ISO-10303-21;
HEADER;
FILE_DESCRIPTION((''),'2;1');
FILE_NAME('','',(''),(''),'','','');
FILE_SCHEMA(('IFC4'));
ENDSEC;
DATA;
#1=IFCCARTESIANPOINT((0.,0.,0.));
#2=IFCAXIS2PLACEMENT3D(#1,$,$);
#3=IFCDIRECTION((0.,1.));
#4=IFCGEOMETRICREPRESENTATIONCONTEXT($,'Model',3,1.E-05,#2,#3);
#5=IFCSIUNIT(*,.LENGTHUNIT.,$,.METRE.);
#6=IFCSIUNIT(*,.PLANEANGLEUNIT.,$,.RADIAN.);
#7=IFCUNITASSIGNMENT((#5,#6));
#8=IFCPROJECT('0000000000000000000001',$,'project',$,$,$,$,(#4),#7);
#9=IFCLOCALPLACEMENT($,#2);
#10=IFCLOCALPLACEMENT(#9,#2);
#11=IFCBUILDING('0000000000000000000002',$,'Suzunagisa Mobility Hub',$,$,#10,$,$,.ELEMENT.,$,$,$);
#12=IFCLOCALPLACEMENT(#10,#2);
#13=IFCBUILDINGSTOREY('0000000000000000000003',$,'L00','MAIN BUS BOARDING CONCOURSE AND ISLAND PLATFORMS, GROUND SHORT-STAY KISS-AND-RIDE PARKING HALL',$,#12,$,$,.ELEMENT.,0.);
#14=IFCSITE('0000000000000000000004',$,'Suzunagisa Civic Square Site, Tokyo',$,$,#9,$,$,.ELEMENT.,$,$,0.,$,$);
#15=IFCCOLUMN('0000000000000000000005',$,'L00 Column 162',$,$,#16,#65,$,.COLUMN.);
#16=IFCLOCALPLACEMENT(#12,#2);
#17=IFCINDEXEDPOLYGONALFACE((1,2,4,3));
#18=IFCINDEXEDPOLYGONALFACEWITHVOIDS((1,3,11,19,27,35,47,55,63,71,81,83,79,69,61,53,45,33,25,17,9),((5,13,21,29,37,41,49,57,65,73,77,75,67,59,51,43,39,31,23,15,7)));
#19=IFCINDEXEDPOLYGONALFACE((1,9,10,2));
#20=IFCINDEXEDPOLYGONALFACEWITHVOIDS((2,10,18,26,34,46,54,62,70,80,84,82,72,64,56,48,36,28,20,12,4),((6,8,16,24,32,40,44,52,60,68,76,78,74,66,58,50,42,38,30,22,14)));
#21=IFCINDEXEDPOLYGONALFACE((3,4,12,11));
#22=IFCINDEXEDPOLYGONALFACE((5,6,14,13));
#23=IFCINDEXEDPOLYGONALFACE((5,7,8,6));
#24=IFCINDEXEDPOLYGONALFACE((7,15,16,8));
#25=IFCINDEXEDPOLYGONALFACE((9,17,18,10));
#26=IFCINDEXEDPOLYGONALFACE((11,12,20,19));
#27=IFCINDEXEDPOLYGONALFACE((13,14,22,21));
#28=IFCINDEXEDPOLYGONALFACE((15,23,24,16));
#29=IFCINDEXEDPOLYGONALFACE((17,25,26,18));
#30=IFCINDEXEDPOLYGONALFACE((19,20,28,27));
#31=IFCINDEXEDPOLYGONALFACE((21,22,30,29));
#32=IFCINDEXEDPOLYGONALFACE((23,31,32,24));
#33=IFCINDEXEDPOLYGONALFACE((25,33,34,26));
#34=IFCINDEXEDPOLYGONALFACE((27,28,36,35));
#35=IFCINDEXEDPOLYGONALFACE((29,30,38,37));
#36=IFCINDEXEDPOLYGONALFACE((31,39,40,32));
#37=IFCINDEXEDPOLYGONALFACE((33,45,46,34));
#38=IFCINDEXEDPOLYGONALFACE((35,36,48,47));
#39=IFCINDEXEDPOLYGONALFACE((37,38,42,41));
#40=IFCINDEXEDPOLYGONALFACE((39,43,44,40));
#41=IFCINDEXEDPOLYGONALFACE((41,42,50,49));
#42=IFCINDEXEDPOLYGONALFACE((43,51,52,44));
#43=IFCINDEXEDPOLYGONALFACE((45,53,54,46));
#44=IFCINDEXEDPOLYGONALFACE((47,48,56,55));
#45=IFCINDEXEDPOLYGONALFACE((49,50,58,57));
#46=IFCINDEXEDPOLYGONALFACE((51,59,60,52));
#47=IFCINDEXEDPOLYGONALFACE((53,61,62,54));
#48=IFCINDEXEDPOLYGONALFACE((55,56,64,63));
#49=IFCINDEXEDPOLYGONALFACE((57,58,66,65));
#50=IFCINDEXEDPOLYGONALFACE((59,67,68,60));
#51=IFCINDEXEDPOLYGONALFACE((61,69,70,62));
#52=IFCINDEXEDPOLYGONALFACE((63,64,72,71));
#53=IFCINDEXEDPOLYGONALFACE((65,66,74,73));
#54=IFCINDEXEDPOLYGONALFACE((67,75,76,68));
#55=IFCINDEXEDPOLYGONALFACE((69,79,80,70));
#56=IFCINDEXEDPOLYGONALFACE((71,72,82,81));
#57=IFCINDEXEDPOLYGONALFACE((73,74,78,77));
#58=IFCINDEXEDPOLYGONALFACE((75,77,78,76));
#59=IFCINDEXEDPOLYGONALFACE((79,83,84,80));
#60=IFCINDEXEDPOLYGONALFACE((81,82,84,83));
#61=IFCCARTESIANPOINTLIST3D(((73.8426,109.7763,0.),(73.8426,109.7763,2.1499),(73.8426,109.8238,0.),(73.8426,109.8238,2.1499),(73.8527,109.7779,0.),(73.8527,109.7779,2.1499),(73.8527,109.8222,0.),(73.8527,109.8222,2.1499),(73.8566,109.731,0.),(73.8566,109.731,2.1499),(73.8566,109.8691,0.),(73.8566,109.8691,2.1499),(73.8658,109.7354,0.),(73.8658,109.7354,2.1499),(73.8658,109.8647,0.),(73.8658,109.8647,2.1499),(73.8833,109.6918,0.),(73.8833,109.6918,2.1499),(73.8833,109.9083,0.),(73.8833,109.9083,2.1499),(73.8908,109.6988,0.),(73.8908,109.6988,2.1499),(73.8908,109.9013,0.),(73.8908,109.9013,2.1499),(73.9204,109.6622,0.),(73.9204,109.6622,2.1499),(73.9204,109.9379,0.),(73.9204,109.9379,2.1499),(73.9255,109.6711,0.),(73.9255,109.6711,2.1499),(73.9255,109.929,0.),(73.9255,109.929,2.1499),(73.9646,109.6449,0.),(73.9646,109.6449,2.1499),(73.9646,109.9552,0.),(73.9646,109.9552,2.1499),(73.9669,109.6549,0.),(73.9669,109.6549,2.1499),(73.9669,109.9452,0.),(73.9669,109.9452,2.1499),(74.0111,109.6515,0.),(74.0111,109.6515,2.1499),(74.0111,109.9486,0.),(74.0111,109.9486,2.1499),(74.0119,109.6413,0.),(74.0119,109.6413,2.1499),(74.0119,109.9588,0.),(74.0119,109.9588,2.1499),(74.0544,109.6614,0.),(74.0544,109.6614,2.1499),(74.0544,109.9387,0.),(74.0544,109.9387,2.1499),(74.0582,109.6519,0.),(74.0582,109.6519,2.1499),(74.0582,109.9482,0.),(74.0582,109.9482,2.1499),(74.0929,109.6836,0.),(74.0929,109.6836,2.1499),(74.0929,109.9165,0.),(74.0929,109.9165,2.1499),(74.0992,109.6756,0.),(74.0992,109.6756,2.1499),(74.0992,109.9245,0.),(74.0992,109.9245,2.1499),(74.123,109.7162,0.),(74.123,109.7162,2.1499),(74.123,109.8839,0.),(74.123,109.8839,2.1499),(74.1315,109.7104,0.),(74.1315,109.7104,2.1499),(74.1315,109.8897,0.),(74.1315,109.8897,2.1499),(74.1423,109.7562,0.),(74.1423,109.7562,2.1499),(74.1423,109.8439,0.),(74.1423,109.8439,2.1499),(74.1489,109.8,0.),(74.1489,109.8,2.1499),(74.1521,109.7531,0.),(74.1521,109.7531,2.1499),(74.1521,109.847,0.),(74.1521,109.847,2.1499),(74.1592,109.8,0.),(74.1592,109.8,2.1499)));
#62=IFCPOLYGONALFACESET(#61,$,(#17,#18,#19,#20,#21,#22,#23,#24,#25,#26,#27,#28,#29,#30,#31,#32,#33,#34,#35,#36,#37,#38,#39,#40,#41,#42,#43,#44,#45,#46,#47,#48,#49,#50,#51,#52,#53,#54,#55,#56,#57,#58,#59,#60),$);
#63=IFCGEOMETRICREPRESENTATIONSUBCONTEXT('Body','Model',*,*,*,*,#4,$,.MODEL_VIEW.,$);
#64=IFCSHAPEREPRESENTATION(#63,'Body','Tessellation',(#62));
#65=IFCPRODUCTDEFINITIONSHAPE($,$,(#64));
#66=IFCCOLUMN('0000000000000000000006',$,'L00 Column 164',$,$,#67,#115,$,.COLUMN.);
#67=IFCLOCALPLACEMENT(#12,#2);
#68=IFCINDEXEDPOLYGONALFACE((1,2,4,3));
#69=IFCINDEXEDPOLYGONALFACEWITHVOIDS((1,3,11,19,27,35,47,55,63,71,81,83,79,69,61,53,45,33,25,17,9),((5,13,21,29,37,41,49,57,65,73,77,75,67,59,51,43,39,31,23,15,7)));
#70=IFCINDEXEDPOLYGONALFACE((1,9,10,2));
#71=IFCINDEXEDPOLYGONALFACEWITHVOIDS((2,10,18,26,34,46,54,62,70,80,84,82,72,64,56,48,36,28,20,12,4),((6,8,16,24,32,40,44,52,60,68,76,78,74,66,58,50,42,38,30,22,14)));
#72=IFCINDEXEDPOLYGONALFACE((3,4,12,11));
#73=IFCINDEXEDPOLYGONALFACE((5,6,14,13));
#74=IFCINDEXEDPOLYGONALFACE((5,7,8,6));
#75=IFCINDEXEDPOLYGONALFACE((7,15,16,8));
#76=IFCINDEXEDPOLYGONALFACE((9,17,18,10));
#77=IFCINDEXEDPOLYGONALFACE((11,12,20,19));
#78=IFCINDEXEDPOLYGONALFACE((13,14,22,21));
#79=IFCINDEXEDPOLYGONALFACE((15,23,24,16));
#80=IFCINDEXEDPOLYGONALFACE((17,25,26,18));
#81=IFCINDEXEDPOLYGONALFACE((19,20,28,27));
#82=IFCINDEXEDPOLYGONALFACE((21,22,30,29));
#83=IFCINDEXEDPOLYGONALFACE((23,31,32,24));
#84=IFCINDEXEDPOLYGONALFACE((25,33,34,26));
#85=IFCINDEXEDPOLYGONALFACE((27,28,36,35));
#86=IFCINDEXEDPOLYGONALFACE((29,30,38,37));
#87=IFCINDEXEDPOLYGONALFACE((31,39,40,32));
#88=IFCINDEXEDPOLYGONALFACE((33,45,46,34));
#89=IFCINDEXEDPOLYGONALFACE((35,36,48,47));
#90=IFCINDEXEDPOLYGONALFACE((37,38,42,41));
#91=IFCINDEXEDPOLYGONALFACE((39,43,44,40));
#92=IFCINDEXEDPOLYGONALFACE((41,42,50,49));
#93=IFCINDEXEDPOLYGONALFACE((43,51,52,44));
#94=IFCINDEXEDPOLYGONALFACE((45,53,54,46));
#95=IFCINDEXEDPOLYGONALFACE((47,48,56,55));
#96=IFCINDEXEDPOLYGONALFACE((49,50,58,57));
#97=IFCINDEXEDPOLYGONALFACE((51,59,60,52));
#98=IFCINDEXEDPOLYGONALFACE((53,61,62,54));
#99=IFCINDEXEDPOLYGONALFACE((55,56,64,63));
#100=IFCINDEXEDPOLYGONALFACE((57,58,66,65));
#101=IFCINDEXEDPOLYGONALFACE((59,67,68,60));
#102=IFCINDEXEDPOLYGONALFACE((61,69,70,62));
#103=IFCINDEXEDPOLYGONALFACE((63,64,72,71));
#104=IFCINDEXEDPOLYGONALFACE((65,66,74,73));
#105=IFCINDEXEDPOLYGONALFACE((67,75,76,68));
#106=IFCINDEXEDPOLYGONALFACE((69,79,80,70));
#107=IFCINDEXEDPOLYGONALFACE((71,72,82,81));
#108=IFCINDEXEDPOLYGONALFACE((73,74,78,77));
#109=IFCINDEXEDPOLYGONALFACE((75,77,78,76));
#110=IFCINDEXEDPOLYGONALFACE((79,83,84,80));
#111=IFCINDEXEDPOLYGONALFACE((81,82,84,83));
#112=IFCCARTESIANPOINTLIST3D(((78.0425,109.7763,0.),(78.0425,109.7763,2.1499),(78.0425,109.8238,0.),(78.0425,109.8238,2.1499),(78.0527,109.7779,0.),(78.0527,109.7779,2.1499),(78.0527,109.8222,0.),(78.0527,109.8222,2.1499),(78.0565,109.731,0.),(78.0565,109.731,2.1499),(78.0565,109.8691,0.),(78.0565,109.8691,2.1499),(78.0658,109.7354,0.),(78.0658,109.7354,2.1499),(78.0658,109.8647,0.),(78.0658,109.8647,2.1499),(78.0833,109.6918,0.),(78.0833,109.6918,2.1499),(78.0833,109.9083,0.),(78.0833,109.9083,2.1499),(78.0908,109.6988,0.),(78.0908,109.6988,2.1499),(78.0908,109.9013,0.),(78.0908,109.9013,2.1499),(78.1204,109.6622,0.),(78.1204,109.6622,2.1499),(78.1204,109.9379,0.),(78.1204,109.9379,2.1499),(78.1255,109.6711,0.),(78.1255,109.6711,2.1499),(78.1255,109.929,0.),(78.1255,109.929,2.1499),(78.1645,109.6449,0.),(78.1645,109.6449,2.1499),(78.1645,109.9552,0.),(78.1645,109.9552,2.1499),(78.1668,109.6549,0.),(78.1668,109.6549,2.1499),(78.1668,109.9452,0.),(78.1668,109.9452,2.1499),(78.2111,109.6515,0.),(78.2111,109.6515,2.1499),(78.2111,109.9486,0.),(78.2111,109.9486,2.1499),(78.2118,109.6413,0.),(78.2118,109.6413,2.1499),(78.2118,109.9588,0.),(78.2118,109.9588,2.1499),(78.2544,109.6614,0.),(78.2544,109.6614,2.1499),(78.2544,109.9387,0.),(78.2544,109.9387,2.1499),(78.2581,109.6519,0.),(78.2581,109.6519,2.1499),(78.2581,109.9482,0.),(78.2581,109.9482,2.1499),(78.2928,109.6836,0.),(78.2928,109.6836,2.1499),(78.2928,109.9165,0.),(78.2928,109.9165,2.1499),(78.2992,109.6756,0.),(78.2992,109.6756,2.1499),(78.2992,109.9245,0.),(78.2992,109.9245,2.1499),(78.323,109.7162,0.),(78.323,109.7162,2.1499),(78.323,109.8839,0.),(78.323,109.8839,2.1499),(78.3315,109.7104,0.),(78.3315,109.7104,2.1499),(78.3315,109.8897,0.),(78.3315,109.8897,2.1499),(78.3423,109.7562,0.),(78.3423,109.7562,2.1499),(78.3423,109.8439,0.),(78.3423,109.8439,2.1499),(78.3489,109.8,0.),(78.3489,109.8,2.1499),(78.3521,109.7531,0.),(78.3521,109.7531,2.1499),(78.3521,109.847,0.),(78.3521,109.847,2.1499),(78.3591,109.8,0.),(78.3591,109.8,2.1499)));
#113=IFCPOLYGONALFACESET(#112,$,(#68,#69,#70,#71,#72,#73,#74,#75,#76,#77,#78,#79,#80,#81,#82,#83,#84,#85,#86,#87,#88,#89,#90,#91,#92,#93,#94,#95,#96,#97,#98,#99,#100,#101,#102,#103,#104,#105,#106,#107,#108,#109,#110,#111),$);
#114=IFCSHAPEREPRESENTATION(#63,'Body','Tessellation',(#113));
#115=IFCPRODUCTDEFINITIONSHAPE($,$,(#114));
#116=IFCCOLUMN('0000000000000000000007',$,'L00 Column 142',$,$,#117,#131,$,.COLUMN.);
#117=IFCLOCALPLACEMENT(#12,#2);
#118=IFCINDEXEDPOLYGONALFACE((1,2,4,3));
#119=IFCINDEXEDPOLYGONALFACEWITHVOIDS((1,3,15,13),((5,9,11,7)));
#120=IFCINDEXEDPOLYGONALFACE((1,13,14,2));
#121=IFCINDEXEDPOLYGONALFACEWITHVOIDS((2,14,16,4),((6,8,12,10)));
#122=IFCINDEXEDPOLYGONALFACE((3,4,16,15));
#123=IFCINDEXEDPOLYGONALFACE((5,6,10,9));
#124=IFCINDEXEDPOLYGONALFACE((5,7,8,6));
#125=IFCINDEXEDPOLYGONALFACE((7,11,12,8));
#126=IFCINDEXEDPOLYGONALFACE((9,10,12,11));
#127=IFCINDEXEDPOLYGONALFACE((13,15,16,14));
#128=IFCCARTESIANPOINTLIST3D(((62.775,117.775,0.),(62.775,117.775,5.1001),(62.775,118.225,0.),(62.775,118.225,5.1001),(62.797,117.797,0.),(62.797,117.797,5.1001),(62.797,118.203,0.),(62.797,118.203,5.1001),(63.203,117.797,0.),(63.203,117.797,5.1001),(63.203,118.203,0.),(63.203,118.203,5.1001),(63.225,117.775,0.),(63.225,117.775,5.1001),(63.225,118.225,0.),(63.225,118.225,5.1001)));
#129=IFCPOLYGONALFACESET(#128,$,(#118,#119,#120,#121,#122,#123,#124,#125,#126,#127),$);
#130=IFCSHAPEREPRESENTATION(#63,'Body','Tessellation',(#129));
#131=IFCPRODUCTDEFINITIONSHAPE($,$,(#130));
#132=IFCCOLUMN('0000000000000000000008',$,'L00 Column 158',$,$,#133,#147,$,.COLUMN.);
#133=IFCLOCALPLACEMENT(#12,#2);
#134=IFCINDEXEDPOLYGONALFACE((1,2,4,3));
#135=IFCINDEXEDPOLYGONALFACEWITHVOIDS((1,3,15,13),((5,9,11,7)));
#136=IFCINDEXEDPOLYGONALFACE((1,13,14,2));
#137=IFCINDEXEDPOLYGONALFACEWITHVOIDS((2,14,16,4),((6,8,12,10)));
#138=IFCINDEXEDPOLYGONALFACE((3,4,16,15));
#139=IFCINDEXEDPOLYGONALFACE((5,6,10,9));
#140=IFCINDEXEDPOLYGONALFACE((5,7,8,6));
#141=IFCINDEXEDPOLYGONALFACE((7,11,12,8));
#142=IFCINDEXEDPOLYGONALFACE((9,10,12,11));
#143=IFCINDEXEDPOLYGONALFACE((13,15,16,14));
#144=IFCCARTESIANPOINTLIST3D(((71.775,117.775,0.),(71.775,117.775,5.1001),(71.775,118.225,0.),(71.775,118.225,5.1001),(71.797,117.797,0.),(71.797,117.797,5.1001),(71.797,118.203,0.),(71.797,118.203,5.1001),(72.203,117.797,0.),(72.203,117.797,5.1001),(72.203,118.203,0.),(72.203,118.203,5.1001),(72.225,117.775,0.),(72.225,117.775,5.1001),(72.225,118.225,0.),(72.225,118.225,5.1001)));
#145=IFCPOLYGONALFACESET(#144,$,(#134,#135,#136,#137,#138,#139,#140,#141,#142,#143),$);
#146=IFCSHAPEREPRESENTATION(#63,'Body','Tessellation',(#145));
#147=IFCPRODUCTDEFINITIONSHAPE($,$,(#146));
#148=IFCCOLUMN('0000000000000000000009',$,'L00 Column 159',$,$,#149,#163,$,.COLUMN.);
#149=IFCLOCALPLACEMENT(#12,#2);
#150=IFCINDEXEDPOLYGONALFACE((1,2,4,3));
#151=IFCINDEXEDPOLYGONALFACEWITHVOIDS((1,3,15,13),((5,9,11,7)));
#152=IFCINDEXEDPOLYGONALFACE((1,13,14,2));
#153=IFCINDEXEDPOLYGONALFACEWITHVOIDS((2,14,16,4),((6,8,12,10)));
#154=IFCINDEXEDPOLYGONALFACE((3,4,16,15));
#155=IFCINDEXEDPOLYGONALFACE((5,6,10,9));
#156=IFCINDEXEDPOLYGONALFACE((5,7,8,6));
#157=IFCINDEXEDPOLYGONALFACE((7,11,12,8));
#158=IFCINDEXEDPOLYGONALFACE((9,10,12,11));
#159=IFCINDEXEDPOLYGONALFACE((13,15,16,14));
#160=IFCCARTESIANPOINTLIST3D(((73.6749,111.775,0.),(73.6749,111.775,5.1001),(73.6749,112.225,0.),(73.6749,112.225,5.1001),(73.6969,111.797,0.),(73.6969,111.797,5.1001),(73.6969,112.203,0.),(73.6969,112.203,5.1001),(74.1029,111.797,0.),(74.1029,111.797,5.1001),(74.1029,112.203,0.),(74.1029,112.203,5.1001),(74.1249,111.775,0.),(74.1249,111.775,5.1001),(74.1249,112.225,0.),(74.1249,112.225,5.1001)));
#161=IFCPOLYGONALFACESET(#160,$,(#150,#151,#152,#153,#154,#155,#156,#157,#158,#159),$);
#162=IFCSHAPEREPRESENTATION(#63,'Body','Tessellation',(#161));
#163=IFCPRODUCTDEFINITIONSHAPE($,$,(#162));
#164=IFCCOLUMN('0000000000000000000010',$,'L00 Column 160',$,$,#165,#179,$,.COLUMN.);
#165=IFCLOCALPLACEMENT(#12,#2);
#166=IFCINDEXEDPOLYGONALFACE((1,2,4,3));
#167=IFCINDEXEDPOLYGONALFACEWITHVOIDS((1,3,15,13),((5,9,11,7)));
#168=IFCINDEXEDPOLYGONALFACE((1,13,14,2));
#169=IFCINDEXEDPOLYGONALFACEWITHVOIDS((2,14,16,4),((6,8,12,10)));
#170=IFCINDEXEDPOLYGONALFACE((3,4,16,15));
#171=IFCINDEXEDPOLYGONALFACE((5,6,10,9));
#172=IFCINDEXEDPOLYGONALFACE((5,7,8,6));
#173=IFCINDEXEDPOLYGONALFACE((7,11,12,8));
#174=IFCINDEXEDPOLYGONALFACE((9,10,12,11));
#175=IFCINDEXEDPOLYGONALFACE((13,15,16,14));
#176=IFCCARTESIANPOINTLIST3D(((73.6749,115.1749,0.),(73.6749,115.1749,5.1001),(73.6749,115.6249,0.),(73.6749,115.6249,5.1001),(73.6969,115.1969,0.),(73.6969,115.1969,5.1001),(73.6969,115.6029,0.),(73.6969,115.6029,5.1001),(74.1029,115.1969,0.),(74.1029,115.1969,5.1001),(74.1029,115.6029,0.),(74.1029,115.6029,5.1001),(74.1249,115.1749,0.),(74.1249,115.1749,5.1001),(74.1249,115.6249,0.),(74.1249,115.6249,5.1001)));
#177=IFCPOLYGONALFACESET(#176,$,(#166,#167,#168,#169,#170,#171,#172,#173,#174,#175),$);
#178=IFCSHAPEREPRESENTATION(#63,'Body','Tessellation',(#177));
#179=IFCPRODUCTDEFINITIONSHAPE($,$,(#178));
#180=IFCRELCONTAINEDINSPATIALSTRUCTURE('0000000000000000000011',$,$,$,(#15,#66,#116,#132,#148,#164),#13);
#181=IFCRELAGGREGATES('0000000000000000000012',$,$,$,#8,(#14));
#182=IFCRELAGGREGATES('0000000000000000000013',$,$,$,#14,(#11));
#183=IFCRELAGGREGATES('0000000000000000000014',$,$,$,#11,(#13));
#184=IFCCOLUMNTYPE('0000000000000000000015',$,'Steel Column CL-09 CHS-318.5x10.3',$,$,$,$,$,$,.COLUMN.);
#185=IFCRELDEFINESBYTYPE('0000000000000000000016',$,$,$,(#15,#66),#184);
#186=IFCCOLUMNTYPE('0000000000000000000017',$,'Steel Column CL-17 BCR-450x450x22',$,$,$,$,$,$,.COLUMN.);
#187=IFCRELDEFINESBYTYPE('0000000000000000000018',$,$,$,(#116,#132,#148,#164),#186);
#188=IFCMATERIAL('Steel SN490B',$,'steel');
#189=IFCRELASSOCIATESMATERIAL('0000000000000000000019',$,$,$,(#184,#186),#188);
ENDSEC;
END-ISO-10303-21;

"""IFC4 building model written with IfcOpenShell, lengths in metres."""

from ifc_helpers import new_model, si_unit, direction, frame, origin, origin_2d, place, context, subcontext, project, spatial, hollow_rectangle, hollow_circle, extrude, material, material_profile, profile_set, type_object, element, save


model = new_model("IFC4")

# Units and contexts
model_context = context("Model", 3, precision=1e-05, world=origin(), true_north=direction((0.0, 1.0)))
body_context = subcontext(model_context, "Body", "Model", "MODEL_VIEW")
ifc_project = project(units=[si_unit("LENGTHUNIT", "METRE"), si_unit("PLANEANGLEUNIT", "RADIAN")], contexts=[model_context])

# Site, building, storey
site_placement = place(None, origin())
site = spatial("IfcSite", under=ifc_project, at=site_placement, Name="Suzunagisa Civic Square Site, Tokyo", CompositionType="ELEMENT", RefElevation=0.0)
building_placement = place(site_placement, origin())
building = spatial("IfcBuilding", under=site, at=building_placement, Name="Suzunagisa Mobility Hub", CompositionType="ELEMENT")
storey_placement = place(building_placement, origin())
storey = spatial("IfcBuildingStorey", under=building, at=storey_placement, Name="L00", Description="MAIN BUS BOARDING CONCOURSE AND ISLAND PLATFORMS, GROUND SHORT-STAY KISS-AND-RIDE PARKING HALL", CompositionType="ELEMENT", Elevation=0.0)

# Columns
ifc_material_1 = material(Name="Steel SN490B", Category="steel")
ifc_material_profile_1 = material_profile(ifc_material_1, hollow_circle(Radius=0.1592, WallThickness=0.0103, at=origin_2d()), Name="CHS-318.5x10.3")
ifc_profile_set_1 = profile_set([ifc_material_profile_1], Name="Steel SN490B")
column_type_1 = type_object("IfcColumnType", Name="Steel Column CL-09 CHS-318.5x10.3", PredefinedType="COLUMN", material=ifc_profile_set_1)
for number, where, z_axis, x_axis, name in (
    (1, (74.0, 109.8, 0.0), (0.0, 0.0, 1.0), (1.0, 0.0, 0.0), "L00 Column 162"),
    (2, (78.2, 109.8, 0.0), (0.0, 0.0, 1.0), (1.0, 0.0, 0.0), "L00 Column 164"),
):
    element("IfcColumn", number, at=place(storey_placement, frame(where, z_axis=z_axis, x_axis=x_axis)), inside=storey, type_object=column_type_1, Name=name, PredefinedType="COLUMN", context=body_context, shape_type="SweptSolid", body=[
        extrude(hollow_circle(Radius=0.1592, WallThickness=0.0103, at=origin_2d()), origin(), (0.0, 0.0, 1.0), 2.1499),
    ])
ifc_material_profile_2 = material_profile(ifc_material_1, hollow_rectangle(XDim=0.45, YDim=0.45, WallThickness=0.022, at=origin_2d()), Name="BCR-450x450x22")
ifc_profile_set_2 = profile_set([ifc_material_profile_2], Name="Steel SN490B")
column_type_2 = type_object("IfcColumnType", Name="Steel Column CL-17 BCR-450x450x22", PredefinedType="COLUMN", material=ifc_profile_set_2)
for number, where, z_axis, x_axis, name in (
    (3, (63.0, 118.0, 0.0), (0.0, 0.0, 1.0), (1.0, 0.0, 0.0), "L00 Column 142"),
    (4, (72.0, 118.0, 0.0), (0.0, 0.0, 1.0), (1.0, 0.0, 0.0), "L00 Column 158"),
    (5, (73.8999, 112.0, 0.0), (0.0, 0.0, 1.0), (1.0, 0.0, 0.0), "L00 Column 159"),
    (6, (73.8999, 115.3999, 0.0), (0.0, 0.0, 1.0), (1.0, 0.0, 0.0), "L00 Column 160"),
):
    element("IfcColumn", number, at=place(storey_placement, frame(where, z_axis=z_axis, x_axis=x_axis)), inside=storey, type_object=column_type_2, Name=name, PredefinedType="COLUMN", context=body_context, shape_type="SweptSolid", body=[
        extrude(hollow_rectangle(XDim=0.45, YDim=0.45, WallThickness=0.022, at=origin_2d()), origin(), (0.0, 0.0, 1.0), 5.1001),
    ])

save(model, "model.ifc")
